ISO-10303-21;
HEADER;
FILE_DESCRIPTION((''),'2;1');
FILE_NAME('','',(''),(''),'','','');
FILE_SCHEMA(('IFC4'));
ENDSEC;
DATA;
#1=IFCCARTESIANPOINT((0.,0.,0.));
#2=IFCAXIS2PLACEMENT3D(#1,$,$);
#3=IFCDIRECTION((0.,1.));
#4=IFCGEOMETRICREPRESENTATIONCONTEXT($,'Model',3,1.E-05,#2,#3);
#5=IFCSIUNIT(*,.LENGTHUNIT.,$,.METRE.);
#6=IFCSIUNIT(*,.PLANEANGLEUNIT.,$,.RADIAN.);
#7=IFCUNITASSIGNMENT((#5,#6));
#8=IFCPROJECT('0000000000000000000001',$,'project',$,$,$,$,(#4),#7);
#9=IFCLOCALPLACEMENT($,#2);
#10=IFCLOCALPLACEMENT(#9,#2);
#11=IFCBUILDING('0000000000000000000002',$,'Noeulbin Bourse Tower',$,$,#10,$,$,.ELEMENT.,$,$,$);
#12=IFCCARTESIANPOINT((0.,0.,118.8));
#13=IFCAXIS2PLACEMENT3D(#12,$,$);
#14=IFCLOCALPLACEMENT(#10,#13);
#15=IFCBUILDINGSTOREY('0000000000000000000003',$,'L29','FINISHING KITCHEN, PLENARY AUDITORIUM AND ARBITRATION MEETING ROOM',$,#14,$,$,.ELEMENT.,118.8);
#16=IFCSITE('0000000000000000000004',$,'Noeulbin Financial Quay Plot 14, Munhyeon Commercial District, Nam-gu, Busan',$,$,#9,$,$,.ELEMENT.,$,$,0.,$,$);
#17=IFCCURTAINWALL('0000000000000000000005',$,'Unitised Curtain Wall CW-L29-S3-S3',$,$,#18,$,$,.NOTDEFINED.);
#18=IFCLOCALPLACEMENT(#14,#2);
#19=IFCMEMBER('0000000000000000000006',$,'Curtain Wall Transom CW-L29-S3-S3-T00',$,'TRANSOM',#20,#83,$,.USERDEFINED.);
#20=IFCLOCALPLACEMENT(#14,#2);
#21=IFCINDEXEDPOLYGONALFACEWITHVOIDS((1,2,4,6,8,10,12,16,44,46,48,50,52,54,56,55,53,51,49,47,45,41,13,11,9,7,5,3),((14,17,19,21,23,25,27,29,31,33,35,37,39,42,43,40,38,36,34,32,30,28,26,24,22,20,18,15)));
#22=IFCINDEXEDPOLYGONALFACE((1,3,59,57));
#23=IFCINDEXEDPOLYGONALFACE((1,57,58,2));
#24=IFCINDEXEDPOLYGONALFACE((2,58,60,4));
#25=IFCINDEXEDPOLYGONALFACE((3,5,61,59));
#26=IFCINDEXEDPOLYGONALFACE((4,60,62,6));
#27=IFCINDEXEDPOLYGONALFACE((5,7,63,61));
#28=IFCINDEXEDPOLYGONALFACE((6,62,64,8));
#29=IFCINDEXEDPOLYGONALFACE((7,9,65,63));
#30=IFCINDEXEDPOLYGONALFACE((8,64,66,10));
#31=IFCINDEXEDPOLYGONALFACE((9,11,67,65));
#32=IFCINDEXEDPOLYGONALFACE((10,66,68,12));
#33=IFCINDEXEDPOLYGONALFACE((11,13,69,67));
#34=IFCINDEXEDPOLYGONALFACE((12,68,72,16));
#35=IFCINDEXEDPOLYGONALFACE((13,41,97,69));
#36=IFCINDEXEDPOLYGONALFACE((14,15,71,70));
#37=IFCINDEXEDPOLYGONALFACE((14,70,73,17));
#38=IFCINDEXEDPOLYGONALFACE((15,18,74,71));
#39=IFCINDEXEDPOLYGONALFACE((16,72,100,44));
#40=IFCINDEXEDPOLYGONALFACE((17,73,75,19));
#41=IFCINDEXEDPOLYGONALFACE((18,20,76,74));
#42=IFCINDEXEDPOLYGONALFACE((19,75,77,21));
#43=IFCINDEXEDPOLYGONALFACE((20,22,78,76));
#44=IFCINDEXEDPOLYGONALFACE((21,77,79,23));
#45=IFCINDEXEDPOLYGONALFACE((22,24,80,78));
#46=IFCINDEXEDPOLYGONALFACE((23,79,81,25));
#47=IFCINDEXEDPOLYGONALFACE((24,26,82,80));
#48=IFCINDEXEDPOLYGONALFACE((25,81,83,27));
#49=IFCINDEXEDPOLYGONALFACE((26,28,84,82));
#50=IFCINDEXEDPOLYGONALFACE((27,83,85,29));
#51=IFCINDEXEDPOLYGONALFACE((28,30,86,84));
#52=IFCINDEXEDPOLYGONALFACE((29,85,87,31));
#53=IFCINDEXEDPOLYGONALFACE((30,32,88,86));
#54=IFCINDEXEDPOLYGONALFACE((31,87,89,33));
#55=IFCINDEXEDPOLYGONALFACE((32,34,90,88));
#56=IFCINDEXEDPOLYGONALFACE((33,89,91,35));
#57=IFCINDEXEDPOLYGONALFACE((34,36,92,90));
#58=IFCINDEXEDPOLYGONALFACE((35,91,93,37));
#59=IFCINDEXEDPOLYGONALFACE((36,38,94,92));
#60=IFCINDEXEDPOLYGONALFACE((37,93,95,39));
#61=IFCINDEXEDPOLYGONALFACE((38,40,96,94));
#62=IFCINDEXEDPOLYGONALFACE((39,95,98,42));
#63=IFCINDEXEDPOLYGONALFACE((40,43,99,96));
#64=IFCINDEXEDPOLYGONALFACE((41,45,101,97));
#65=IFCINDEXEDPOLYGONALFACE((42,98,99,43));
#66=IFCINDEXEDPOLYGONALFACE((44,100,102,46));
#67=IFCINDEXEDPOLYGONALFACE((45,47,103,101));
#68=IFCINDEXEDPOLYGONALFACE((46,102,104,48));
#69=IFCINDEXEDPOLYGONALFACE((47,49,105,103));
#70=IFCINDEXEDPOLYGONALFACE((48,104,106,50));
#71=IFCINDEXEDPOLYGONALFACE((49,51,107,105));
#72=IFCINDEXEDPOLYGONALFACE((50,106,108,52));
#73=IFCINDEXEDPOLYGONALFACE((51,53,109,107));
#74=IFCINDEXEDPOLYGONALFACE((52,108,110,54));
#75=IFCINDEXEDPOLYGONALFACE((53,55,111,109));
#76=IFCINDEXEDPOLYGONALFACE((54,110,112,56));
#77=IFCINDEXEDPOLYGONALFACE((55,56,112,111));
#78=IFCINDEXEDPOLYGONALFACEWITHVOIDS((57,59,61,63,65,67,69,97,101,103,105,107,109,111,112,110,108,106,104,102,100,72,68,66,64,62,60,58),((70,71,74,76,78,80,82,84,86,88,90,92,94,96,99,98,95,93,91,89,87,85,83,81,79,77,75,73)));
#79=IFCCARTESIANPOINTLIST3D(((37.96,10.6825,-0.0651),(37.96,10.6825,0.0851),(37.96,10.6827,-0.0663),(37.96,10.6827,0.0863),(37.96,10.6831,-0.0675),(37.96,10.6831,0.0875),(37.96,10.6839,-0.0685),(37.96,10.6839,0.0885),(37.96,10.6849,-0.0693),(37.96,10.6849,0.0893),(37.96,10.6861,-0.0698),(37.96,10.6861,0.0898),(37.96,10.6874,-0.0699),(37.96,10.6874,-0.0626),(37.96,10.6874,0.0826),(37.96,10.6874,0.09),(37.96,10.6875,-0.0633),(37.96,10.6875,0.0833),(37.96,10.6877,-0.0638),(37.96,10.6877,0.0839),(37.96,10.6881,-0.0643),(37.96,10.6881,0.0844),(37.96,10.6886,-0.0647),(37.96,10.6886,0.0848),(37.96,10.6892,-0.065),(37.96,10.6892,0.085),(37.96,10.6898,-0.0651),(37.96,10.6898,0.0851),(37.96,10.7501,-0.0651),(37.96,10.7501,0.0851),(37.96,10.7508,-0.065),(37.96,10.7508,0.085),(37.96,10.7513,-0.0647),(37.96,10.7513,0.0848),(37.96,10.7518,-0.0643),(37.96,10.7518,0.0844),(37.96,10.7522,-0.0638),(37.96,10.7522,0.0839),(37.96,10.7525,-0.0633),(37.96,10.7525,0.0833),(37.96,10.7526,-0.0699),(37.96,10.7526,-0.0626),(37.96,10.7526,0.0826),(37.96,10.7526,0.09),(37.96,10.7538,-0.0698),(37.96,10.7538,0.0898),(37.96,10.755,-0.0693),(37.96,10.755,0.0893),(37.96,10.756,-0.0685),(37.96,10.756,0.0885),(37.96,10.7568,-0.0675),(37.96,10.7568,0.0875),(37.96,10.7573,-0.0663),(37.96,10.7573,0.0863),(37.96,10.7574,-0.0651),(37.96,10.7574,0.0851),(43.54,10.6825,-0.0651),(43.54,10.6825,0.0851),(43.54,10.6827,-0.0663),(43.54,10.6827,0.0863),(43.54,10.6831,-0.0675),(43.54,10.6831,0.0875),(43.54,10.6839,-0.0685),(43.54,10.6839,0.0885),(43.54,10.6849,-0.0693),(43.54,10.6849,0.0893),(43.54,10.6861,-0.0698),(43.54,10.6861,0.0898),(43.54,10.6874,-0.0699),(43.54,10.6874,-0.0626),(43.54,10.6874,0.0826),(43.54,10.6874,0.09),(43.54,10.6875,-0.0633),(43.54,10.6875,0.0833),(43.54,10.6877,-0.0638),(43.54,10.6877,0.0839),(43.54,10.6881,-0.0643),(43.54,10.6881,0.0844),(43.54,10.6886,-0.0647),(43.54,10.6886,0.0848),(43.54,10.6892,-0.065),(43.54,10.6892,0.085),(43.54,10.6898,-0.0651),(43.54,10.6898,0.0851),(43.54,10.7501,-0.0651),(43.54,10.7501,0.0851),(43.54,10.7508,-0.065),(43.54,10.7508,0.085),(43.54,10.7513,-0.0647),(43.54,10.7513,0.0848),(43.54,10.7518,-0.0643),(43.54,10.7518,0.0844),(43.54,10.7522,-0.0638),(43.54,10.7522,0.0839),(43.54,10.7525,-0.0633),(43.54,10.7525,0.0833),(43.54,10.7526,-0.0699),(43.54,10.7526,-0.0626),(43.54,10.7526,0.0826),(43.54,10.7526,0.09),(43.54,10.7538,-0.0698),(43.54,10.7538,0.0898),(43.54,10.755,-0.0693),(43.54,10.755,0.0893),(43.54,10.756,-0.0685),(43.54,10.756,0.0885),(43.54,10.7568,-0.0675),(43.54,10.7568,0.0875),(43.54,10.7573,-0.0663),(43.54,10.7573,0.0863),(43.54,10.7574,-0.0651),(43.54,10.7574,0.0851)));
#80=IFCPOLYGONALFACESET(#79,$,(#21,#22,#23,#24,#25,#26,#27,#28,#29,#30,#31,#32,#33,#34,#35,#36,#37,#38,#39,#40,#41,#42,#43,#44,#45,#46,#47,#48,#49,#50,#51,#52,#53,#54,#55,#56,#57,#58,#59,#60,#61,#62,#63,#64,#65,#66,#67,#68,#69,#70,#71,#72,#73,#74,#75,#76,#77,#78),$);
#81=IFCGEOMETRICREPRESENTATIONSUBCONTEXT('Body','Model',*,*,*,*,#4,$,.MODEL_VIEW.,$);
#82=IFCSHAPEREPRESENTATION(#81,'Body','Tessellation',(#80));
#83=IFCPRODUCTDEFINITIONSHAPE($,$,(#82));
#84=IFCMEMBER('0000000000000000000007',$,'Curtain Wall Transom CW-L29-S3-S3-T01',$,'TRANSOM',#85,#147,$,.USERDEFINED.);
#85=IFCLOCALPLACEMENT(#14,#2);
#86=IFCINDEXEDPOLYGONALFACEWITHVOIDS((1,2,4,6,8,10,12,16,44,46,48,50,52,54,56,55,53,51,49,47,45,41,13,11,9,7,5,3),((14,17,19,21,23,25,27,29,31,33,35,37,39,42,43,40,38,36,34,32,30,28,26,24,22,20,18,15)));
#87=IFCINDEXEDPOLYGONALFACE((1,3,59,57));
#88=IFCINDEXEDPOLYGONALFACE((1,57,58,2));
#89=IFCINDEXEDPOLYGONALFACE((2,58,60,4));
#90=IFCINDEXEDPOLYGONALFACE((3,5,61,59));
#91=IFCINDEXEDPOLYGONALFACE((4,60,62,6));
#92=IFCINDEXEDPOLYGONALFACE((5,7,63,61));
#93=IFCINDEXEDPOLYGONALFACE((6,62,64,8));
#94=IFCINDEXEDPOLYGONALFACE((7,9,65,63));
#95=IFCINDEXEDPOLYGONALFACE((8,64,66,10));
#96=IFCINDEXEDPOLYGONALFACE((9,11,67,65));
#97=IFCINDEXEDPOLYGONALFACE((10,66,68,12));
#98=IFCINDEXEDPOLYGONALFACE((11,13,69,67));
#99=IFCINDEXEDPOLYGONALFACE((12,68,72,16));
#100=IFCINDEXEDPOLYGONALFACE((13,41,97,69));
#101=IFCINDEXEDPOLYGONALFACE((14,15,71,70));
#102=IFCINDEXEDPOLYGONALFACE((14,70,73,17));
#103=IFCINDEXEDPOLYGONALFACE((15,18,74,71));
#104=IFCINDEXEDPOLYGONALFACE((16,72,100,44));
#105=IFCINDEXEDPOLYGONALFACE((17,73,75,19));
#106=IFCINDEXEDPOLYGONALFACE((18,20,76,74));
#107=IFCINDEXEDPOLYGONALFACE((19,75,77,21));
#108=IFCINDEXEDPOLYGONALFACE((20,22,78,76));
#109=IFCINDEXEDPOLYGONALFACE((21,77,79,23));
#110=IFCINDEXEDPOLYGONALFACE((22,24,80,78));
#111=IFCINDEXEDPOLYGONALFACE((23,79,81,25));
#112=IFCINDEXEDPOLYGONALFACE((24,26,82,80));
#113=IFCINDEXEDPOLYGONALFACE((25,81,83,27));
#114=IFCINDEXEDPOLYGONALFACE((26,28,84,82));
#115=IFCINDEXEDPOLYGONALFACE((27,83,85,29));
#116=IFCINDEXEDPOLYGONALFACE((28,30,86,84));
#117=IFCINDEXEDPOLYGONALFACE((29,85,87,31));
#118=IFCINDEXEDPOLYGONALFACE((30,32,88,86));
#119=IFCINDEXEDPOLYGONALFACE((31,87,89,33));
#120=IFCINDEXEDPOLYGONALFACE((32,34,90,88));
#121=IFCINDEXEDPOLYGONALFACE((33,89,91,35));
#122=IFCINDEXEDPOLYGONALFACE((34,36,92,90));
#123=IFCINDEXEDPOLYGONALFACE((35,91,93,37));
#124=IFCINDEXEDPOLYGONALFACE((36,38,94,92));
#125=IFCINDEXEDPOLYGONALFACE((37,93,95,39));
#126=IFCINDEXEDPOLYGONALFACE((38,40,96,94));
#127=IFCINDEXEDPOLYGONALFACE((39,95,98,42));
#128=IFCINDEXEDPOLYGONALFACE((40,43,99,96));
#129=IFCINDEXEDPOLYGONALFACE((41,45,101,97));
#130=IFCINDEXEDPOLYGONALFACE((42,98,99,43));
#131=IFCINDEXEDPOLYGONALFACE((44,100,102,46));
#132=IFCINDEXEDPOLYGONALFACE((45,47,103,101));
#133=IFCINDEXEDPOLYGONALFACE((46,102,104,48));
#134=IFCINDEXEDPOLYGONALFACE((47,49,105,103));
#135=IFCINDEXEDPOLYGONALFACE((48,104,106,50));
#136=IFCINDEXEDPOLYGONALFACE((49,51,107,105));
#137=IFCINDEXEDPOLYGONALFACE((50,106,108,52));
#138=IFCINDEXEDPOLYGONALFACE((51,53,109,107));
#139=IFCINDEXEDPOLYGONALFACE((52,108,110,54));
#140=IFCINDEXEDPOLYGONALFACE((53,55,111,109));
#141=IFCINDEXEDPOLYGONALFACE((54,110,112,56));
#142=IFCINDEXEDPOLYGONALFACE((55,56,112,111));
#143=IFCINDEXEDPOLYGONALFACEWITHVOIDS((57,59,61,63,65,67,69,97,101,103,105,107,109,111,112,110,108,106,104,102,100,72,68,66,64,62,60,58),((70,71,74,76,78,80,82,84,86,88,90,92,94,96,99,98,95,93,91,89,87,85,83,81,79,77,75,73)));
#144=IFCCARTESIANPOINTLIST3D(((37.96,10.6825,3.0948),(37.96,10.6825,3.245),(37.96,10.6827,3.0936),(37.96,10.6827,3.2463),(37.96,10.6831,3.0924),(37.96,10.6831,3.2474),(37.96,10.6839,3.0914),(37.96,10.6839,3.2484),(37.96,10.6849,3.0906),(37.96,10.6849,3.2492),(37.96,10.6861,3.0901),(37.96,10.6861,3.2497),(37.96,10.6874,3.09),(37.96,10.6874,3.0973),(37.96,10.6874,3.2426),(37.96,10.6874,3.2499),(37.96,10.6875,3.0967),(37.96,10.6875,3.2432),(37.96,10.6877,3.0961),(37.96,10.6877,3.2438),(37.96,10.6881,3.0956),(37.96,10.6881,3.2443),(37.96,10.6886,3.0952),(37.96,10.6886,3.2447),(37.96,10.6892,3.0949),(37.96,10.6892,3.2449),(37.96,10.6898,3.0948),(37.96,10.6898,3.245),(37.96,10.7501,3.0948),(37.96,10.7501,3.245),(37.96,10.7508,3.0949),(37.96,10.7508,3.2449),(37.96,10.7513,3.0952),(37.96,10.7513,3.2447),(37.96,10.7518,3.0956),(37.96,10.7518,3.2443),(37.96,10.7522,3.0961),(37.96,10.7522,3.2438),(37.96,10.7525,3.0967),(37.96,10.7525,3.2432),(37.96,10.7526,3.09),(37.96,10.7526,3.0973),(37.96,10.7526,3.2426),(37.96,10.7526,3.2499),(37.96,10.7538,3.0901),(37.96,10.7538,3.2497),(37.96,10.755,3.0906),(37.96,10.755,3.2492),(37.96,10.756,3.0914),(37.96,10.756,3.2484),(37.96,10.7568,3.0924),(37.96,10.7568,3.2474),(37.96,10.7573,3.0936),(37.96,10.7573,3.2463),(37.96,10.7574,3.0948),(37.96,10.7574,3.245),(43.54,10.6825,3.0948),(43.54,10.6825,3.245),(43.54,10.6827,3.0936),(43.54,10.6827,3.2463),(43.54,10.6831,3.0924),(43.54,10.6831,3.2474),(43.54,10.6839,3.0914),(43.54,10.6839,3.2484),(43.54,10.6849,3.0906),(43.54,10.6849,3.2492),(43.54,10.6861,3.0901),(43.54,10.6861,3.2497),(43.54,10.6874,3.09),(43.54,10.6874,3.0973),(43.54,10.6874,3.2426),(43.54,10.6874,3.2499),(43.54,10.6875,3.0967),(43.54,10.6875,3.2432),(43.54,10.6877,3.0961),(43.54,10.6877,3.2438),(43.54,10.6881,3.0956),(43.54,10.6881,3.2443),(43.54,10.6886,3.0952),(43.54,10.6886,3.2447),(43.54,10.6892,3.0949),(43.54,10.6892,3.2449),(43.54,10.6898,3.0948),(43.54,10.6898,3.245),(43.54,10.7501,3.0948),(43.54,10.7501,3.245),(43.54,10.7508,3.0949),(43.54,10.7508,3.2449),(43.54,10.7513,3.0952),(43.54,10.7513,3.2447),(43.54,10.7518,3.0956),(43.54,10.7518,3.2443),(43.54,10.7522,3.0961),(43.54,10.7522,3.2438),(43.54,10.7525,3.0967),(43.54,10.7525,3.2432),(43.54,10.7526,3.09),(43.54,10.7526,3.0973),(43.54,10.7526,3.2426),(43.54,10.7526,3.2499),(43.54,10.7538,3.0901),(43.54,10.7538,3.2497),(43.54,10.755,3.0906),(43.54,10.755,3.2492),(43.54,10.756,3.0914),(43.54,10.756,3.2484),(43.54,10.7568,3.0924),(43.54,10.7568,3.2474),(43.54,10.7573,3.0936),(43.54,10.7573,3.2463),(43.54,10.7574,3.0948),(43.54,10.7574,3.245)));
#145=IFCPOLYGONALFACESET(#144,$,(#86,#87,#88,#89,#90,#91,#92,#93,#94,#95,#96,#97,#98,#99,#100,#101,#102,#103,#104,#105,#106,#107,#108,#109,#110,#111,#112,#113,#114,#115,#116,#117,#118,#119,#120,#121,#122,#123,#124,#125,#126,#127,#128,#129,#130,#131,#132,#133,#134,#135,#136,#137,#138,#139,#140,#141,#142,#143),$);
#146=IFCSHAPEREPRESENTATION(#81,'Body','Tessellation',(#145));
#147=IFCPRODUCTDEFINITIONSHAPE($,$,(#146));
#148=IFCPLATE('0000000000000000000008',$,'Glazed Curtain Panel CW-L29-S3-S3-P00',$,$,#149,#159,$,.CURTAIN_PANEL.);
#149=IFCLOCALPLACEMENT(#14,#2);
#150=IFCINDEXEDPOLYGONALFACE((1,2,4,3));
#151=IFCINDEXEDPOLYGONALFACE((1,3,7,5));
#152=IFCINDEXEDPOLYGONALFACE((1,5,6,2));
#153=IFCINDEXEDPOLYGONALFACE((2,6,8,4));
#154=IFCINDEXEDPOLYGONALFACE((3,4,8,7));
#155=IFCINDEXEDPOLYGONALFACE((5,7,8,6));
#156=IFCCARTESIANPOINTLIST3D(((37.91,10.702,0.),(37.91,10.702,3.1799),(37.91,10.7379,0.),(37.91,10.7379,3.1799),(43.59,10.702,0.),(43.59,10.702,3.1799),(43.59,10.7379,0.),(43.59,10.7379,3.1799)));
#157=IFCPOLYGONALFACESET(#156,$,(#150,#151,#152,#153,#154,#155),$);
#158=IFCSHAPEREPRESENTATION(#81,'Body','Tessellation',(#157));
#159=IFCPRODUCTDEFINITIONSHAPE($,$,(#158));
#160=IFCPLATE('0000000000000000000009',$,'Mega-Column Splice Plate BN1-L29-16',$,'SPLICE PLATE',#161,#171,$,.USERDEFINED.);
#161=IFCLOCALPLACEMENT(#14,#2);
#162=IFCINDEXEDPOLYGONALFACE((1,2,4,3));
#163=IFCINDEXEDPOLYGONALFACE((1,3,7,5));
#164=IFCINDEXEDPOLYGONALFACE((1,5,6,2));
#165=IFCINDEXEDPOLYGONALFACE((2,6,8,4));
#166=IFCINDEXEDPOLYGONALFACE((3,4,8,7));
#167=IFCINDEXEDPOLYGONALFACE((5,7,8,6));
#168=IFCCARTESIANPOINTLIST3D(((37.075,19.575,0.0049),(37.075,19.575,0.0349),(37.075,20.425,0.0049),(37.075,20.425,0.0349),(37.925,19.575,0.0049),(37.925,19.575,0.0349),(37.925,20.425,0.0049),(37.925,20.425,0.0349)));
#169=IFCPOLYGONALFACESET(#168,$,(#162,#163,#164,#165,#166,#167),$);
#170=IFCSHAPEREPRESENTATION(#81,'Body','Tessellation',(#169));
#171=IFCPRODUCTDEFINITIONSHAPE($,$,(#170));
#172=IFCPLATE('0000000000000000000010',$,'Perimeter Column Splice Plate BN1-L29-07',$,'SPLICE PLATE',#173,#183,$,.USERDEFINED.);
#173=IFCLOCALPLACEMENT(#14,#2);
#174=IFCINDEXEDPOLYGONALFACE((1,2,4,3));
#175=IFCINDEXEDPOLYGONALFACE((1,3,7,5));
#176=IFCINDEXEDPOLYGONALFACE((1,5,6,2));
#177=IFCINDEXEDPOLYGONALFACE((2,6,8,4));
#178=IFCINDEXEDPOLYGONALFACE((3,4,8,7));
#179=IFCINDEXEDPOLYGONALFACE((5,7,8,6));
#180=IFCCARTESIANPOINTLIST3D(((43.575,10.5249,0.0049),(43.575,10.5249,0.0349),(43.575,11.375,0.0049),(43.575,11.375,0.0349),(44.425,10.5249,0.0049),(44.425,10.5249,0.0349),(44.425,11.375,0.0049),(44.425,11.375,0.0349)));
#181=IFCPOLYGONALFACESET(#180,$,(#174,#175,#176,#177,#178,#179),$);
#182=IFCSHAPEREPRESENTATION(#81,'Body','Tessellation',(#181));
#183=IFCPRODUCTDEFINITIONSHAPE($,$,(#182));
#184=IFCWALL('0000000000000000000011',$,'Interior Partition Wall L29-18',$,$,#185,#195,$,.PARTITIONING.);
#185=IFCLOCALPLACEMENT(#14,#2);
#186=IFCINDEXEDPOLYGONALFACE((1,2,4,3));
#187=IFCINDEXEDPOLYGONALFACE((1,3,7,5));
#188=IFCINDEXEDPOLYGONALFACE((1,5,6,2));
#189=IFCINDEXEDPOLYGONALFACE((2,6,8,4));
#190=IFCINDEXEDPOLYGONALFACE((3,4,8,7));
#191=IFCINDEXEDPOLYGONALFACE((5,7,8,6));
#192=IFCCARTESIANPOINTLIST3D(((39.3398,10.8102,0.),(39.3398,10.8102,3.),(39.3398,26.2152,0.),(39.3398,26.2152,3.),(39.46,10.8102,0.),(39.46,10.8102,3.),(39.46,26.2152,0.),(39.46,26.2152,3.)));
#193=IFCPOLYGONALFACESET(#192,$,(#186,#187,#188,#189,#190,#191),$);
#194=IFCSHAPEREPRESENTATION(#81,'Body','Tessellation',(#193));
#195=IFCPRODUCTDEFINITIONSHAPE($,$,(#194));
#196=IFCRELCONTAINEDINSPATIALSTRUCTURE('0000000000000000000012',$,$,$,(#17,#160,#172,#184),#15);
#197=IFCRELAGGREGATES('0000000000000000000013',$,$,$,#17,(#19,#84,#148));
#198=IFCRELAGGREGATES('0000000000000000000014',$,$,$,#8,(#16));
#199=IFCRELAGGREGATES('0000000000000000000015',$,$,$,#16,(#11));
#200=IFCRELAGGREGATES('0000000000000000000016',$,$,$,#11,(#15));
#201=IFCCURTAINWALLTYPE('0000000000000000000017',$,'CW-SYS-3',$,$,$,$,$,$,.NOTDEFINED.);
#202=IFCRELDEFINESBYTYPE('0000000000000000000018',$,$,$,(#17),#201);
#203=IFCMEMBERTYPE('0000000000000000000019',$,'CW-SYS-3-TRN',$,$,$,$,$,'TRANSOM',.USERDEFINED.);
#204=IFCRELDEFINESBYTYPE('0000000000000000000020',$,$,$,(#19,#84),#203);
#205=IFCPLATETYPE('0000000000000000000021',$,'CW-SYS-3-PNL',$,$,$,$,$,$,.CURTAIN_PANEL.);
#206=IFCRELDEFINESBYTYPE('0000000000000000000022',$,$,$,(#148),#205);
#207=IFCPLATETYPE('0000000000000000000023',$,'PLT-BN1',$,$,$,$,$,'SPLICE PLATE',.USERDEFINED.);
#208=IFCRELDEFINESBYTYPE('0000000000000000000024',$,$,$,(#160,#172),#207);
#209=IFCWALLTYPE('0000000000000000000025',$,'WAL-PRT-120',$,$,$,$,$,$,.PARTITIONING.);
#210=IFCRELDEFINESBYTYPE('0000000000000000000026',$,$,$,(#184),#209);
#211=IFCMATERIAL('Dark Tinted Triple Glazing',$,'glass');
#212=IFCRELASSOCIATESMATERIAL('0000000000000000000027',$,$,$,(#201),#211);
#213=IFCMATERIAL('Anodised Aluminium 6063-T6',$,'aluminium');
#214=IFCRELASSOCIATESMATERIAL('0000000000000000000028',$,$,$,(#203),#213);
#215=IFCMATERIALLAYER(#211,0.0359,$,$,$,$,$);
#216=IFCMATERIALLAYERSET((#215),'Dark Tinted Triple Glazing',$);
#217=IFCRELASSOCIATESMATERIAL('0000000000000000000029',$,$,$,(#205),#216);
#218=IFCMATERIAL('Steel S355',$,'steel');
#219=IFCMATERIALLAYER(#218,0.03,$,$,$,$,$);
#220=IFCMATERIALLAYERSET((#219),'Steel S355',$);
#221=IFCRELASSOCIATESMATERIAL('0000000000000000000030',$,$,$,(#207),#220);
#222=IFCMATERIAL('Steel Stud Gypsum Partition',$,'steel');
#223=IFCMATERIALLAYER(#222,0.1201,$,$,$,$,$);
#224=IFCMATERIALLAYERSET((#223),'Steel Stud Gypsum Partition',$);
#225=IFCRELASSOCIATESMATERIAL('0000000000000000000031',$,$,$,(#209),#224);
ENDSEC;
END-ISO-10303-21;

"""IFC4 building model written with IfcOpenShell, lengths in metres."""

from ifc_helpers import new_model, si_unit, direction, frame, frame_2d, origin, origin_2d, place, context, subcontext, project, spatial, rectangle, hollow_rectangle, extrude, material, layer, layer_set, material_profile, profile_set, type_object, element, aggregate, save


model = new_model("IFC4")

# Units and contexts
model_context = context("Model", 3, precision=1e-05, world=origin(), true_north=direction((0.0, 1.0)))
body_context = subcontext(model_context, "Body", "Model", "MODEL_VIEW")
ifc_project = project(units=[si_unit("LENGTHUNIT", "METRE"), si_unit("PLANEANGLEUNIT", "RADIAN")], contexts=[model_context])

# Site, building, storey
site_placement = place(None, origin())
site = spatial("IfcSite", under=ifc_project, at=site_placement, Name="Noeulbin Financial Quay Plot 14, Munhyeon Commercial District, Nam-gu, Busan", CompositionType="ELEMENT", RefElevation=0.0)
building_placement = place(site_placement, origin())
building = spatial("IfcBuilding", under=site, at=building_placement, Name="Noeulbin Bourse Tower", CompositionType="ELEMENT")
storey_placement = place(building_placement, frame((0.0, 0.0, 118.8)))
storey = spatial("IfcBuildingStorey", under=building, at=storey_placement, Name="L29", Description="FINISHING KITCHEN, PLENARY AUDITORIUM AND ARBITRATION MEETING ROOM", CompositionType="ELEMENT", Elevation=118.8)

# Shared definitions
ifc_material_1 = material(Name="Steel S355", Category="steel")

# Curtain wall, members, plate
ifc_material_2 = material(Name="Dark Tinted Triple Glazing", Category="glass")
curtain_wall_type = type_object("IfcCurtainWallType", Name="CW-SYS-3", PredefinedType="NOTDEFINED", material=ifc_material_2)
curtain_wall_placement = place(storey_placement, origin())
curtain_wall = element("IfcCurtainWall", 1, at=curtain_wall_placement, inside=storey, type_object=curtain_wall_type, Name="Unitised Curtain Wall CW-L29-S3-S3", PredefinedType="NOTDEFINED")
ifc_material_3 = material(Name="Anodised Aluminium 6063-T6", Category="aluminium")
ifc_material_profile_1 = material_profile(ifc_material_3, hollow_rectangle(XDim=0.075, YDim=0.1599, WallThickness=0.0049, InnerFilletRadius=0.0024, OuterFilletRadius=0.0049, at=origin_2d()), Name="ALU-TRAN-75x160x5", Category="LoadBearing")
ifc_profile_set_1 = profile_set([ifc_material_profile_1], Name="Anodised Aluminium 6063-T6")
member_type_1 = type_object("IfcMemberType", Name="CW-SYS-3-TRN", ElementType="TRANSOM", PredefinedType="USERDEFINED", material=ifc_profile_set_1)
member_1_placement = place(storey_placement, frame((37.96, 10.72, 0.01), z_axis=(1.0, 0.0, 0.0), x_axis=(0.0, 1.0, 0.0)))
member_1 = element("IfcMember", 2, at=member_1_placement, type_object=member_type_1, Name="Curtain Wall Transom CW-L29-S3-S3-T00", ObjectType="TRANSOM", PredefinedType="USERDEFINED", context=body_context, shape_type="SweptSolid", body=[
    extrude(hollow_rectangle(XDim=0.075, YDim=0.1599, WallThickness=0.0049, InnerFilletRadius=0.0024, OuterFilletRadius=0.0049, at=origin_2d()), origin(), (0.0, 0.0, 1.0), 5.5801),
])
member_2_placement = place(storey_placement, frame((37.96, 10.72, 3.1699), z_axis=(1.0, 0.0, 0.0), x_axis=(0.0, 1.0, 0.0)))
member_2 = element("IfcMember", 3, at=member_2_placement, type_object=member_type_1, Name="Curtain Wall Transom CW-L29-S3-S3-T01", ObjectType="TRANSOM", PredefinedType="USERDEFINED", context=body_context, shape_type="SweptSolid", body=[
    extrude(hollow_rectangle(XDim=0.075, YDim=0.1599, WallThickness=0.0049, InnerFilletRadius=0.0024, OuterFilletRadius=0.0049, at=origin_2d()), origin(), (0.0, 0.0, 1.0), 5.5801),
])
ifc_layer_1 = layer(ifc_material_2, 0.0359)
ifc_layer_set_1 = layer_set([ifc_layer_1], Name="Dark Tinted Triple Glazing")
plate_type_1 = type_object("IfcPlateType", Name="CW-SYS-3-PNL", PredefinedType="CURTAIN_PANEL", material=ifc_layer_set_1)
plate_placement = place(storey_placement, frame((40.75, 10.72, 0.0), z_axis=(0.0, 0.0, 1.0), x_axis=(1.0, 0.0, 0.0)))
plate = element("IfcPlate", 4, at=plate_placement, type_object=plate_type_1, Name="Glazed Curtain Panel CW-L29-S3-S3-P00", PredefinedType="CURTAIN_PANEL", context=body_context, shape_type="SweptSolid", body=[
    extrude(rectangle(XDim=5.6799, YDim=0.0359, at=origin_2d()), origin(), (0.0, 0.0, 1.0), 3.1799),
])
aggregate(curtain_wall, [member_1, member_2, plate])

# Plates
ifc_layer_2 = layer(ifc_material_1, 0.03)
ifc_layer_set_2 = layer_set([ifc_layer_2], Name="Steel S355")
plate_type_2 = type_object("IfcPlateType", Name="PLT-BN1", ElementType="SPLICE PLATE", PredefinedType="USERDEFINED", material=ifc_layer_set_2)
for number, where, z_axis, x_axis, name in (
    (5, (37.5, 20.0, 0.0049), (0.0, 0.0, 1.0), (1.0, 0.0, 0.0), "Mega-Column Splice Plate BN1-L29-16"),
    (6, (44.0, 10.95, 0.0049), (0.0, 0.0, 1.0), (1.0, 0.0, 0.0), "Perimeter Column Splice Plate BN1-L29-07"),
):
    element("IfcPlate", number, at=place(storey_placement, frame(where, z_axis=z_axis, x_axis=x_axis)), inside=storey, type_object=plate_type_2, Name=name, ObjectType="SPLICE PLATE", PredefinedType="USERDEFINED", context=body_context, shape_type="SweptSolid", body=[
        extrude(rectangle(XDim=0.8501, YDim=0.8501, at=origin_2d()), origin(), (0.0, 0.0, 1.0), 0.03),
    ])

# Wall
ifc_material_4 = material(Name="Steel Stud Gypsum Partition", Category="steel")
ifc_layer_3 = layer(ifc_material_4, 0.1201)
ifc_layer_set_3 = layer_set([ifc_layer_3], Name="Steel Stud Gypsum Partition")
wall_type = type_object("IfcWallType", Name="WAL-PRT-120", PredefinedType="PARTITIONING", material=ifc_layer_set_3)
wall_placement = place(storey_placement, frame((39.3999, 10.8101, 0.0), z_axis=(0.0, 0.0, 1.0), x_axis=(0.0, 1.0, 0.0)))
element("IfcWall", 7, at=wall_placement, inside=storey, type_object=wall_type, Name="Interior Partition Wall L29-18", PredefinedType="PARTITIONING", context=body_context, shape_type="SweptSolid", body=[
    extrude(rectangle(XDim=15.405, YDim=0.1201, at=frame_2d((7.7026, 0.0))), origin(), (0.0, 0.0, 1.0), 3.0),
])

save(model, "model.ifc")
